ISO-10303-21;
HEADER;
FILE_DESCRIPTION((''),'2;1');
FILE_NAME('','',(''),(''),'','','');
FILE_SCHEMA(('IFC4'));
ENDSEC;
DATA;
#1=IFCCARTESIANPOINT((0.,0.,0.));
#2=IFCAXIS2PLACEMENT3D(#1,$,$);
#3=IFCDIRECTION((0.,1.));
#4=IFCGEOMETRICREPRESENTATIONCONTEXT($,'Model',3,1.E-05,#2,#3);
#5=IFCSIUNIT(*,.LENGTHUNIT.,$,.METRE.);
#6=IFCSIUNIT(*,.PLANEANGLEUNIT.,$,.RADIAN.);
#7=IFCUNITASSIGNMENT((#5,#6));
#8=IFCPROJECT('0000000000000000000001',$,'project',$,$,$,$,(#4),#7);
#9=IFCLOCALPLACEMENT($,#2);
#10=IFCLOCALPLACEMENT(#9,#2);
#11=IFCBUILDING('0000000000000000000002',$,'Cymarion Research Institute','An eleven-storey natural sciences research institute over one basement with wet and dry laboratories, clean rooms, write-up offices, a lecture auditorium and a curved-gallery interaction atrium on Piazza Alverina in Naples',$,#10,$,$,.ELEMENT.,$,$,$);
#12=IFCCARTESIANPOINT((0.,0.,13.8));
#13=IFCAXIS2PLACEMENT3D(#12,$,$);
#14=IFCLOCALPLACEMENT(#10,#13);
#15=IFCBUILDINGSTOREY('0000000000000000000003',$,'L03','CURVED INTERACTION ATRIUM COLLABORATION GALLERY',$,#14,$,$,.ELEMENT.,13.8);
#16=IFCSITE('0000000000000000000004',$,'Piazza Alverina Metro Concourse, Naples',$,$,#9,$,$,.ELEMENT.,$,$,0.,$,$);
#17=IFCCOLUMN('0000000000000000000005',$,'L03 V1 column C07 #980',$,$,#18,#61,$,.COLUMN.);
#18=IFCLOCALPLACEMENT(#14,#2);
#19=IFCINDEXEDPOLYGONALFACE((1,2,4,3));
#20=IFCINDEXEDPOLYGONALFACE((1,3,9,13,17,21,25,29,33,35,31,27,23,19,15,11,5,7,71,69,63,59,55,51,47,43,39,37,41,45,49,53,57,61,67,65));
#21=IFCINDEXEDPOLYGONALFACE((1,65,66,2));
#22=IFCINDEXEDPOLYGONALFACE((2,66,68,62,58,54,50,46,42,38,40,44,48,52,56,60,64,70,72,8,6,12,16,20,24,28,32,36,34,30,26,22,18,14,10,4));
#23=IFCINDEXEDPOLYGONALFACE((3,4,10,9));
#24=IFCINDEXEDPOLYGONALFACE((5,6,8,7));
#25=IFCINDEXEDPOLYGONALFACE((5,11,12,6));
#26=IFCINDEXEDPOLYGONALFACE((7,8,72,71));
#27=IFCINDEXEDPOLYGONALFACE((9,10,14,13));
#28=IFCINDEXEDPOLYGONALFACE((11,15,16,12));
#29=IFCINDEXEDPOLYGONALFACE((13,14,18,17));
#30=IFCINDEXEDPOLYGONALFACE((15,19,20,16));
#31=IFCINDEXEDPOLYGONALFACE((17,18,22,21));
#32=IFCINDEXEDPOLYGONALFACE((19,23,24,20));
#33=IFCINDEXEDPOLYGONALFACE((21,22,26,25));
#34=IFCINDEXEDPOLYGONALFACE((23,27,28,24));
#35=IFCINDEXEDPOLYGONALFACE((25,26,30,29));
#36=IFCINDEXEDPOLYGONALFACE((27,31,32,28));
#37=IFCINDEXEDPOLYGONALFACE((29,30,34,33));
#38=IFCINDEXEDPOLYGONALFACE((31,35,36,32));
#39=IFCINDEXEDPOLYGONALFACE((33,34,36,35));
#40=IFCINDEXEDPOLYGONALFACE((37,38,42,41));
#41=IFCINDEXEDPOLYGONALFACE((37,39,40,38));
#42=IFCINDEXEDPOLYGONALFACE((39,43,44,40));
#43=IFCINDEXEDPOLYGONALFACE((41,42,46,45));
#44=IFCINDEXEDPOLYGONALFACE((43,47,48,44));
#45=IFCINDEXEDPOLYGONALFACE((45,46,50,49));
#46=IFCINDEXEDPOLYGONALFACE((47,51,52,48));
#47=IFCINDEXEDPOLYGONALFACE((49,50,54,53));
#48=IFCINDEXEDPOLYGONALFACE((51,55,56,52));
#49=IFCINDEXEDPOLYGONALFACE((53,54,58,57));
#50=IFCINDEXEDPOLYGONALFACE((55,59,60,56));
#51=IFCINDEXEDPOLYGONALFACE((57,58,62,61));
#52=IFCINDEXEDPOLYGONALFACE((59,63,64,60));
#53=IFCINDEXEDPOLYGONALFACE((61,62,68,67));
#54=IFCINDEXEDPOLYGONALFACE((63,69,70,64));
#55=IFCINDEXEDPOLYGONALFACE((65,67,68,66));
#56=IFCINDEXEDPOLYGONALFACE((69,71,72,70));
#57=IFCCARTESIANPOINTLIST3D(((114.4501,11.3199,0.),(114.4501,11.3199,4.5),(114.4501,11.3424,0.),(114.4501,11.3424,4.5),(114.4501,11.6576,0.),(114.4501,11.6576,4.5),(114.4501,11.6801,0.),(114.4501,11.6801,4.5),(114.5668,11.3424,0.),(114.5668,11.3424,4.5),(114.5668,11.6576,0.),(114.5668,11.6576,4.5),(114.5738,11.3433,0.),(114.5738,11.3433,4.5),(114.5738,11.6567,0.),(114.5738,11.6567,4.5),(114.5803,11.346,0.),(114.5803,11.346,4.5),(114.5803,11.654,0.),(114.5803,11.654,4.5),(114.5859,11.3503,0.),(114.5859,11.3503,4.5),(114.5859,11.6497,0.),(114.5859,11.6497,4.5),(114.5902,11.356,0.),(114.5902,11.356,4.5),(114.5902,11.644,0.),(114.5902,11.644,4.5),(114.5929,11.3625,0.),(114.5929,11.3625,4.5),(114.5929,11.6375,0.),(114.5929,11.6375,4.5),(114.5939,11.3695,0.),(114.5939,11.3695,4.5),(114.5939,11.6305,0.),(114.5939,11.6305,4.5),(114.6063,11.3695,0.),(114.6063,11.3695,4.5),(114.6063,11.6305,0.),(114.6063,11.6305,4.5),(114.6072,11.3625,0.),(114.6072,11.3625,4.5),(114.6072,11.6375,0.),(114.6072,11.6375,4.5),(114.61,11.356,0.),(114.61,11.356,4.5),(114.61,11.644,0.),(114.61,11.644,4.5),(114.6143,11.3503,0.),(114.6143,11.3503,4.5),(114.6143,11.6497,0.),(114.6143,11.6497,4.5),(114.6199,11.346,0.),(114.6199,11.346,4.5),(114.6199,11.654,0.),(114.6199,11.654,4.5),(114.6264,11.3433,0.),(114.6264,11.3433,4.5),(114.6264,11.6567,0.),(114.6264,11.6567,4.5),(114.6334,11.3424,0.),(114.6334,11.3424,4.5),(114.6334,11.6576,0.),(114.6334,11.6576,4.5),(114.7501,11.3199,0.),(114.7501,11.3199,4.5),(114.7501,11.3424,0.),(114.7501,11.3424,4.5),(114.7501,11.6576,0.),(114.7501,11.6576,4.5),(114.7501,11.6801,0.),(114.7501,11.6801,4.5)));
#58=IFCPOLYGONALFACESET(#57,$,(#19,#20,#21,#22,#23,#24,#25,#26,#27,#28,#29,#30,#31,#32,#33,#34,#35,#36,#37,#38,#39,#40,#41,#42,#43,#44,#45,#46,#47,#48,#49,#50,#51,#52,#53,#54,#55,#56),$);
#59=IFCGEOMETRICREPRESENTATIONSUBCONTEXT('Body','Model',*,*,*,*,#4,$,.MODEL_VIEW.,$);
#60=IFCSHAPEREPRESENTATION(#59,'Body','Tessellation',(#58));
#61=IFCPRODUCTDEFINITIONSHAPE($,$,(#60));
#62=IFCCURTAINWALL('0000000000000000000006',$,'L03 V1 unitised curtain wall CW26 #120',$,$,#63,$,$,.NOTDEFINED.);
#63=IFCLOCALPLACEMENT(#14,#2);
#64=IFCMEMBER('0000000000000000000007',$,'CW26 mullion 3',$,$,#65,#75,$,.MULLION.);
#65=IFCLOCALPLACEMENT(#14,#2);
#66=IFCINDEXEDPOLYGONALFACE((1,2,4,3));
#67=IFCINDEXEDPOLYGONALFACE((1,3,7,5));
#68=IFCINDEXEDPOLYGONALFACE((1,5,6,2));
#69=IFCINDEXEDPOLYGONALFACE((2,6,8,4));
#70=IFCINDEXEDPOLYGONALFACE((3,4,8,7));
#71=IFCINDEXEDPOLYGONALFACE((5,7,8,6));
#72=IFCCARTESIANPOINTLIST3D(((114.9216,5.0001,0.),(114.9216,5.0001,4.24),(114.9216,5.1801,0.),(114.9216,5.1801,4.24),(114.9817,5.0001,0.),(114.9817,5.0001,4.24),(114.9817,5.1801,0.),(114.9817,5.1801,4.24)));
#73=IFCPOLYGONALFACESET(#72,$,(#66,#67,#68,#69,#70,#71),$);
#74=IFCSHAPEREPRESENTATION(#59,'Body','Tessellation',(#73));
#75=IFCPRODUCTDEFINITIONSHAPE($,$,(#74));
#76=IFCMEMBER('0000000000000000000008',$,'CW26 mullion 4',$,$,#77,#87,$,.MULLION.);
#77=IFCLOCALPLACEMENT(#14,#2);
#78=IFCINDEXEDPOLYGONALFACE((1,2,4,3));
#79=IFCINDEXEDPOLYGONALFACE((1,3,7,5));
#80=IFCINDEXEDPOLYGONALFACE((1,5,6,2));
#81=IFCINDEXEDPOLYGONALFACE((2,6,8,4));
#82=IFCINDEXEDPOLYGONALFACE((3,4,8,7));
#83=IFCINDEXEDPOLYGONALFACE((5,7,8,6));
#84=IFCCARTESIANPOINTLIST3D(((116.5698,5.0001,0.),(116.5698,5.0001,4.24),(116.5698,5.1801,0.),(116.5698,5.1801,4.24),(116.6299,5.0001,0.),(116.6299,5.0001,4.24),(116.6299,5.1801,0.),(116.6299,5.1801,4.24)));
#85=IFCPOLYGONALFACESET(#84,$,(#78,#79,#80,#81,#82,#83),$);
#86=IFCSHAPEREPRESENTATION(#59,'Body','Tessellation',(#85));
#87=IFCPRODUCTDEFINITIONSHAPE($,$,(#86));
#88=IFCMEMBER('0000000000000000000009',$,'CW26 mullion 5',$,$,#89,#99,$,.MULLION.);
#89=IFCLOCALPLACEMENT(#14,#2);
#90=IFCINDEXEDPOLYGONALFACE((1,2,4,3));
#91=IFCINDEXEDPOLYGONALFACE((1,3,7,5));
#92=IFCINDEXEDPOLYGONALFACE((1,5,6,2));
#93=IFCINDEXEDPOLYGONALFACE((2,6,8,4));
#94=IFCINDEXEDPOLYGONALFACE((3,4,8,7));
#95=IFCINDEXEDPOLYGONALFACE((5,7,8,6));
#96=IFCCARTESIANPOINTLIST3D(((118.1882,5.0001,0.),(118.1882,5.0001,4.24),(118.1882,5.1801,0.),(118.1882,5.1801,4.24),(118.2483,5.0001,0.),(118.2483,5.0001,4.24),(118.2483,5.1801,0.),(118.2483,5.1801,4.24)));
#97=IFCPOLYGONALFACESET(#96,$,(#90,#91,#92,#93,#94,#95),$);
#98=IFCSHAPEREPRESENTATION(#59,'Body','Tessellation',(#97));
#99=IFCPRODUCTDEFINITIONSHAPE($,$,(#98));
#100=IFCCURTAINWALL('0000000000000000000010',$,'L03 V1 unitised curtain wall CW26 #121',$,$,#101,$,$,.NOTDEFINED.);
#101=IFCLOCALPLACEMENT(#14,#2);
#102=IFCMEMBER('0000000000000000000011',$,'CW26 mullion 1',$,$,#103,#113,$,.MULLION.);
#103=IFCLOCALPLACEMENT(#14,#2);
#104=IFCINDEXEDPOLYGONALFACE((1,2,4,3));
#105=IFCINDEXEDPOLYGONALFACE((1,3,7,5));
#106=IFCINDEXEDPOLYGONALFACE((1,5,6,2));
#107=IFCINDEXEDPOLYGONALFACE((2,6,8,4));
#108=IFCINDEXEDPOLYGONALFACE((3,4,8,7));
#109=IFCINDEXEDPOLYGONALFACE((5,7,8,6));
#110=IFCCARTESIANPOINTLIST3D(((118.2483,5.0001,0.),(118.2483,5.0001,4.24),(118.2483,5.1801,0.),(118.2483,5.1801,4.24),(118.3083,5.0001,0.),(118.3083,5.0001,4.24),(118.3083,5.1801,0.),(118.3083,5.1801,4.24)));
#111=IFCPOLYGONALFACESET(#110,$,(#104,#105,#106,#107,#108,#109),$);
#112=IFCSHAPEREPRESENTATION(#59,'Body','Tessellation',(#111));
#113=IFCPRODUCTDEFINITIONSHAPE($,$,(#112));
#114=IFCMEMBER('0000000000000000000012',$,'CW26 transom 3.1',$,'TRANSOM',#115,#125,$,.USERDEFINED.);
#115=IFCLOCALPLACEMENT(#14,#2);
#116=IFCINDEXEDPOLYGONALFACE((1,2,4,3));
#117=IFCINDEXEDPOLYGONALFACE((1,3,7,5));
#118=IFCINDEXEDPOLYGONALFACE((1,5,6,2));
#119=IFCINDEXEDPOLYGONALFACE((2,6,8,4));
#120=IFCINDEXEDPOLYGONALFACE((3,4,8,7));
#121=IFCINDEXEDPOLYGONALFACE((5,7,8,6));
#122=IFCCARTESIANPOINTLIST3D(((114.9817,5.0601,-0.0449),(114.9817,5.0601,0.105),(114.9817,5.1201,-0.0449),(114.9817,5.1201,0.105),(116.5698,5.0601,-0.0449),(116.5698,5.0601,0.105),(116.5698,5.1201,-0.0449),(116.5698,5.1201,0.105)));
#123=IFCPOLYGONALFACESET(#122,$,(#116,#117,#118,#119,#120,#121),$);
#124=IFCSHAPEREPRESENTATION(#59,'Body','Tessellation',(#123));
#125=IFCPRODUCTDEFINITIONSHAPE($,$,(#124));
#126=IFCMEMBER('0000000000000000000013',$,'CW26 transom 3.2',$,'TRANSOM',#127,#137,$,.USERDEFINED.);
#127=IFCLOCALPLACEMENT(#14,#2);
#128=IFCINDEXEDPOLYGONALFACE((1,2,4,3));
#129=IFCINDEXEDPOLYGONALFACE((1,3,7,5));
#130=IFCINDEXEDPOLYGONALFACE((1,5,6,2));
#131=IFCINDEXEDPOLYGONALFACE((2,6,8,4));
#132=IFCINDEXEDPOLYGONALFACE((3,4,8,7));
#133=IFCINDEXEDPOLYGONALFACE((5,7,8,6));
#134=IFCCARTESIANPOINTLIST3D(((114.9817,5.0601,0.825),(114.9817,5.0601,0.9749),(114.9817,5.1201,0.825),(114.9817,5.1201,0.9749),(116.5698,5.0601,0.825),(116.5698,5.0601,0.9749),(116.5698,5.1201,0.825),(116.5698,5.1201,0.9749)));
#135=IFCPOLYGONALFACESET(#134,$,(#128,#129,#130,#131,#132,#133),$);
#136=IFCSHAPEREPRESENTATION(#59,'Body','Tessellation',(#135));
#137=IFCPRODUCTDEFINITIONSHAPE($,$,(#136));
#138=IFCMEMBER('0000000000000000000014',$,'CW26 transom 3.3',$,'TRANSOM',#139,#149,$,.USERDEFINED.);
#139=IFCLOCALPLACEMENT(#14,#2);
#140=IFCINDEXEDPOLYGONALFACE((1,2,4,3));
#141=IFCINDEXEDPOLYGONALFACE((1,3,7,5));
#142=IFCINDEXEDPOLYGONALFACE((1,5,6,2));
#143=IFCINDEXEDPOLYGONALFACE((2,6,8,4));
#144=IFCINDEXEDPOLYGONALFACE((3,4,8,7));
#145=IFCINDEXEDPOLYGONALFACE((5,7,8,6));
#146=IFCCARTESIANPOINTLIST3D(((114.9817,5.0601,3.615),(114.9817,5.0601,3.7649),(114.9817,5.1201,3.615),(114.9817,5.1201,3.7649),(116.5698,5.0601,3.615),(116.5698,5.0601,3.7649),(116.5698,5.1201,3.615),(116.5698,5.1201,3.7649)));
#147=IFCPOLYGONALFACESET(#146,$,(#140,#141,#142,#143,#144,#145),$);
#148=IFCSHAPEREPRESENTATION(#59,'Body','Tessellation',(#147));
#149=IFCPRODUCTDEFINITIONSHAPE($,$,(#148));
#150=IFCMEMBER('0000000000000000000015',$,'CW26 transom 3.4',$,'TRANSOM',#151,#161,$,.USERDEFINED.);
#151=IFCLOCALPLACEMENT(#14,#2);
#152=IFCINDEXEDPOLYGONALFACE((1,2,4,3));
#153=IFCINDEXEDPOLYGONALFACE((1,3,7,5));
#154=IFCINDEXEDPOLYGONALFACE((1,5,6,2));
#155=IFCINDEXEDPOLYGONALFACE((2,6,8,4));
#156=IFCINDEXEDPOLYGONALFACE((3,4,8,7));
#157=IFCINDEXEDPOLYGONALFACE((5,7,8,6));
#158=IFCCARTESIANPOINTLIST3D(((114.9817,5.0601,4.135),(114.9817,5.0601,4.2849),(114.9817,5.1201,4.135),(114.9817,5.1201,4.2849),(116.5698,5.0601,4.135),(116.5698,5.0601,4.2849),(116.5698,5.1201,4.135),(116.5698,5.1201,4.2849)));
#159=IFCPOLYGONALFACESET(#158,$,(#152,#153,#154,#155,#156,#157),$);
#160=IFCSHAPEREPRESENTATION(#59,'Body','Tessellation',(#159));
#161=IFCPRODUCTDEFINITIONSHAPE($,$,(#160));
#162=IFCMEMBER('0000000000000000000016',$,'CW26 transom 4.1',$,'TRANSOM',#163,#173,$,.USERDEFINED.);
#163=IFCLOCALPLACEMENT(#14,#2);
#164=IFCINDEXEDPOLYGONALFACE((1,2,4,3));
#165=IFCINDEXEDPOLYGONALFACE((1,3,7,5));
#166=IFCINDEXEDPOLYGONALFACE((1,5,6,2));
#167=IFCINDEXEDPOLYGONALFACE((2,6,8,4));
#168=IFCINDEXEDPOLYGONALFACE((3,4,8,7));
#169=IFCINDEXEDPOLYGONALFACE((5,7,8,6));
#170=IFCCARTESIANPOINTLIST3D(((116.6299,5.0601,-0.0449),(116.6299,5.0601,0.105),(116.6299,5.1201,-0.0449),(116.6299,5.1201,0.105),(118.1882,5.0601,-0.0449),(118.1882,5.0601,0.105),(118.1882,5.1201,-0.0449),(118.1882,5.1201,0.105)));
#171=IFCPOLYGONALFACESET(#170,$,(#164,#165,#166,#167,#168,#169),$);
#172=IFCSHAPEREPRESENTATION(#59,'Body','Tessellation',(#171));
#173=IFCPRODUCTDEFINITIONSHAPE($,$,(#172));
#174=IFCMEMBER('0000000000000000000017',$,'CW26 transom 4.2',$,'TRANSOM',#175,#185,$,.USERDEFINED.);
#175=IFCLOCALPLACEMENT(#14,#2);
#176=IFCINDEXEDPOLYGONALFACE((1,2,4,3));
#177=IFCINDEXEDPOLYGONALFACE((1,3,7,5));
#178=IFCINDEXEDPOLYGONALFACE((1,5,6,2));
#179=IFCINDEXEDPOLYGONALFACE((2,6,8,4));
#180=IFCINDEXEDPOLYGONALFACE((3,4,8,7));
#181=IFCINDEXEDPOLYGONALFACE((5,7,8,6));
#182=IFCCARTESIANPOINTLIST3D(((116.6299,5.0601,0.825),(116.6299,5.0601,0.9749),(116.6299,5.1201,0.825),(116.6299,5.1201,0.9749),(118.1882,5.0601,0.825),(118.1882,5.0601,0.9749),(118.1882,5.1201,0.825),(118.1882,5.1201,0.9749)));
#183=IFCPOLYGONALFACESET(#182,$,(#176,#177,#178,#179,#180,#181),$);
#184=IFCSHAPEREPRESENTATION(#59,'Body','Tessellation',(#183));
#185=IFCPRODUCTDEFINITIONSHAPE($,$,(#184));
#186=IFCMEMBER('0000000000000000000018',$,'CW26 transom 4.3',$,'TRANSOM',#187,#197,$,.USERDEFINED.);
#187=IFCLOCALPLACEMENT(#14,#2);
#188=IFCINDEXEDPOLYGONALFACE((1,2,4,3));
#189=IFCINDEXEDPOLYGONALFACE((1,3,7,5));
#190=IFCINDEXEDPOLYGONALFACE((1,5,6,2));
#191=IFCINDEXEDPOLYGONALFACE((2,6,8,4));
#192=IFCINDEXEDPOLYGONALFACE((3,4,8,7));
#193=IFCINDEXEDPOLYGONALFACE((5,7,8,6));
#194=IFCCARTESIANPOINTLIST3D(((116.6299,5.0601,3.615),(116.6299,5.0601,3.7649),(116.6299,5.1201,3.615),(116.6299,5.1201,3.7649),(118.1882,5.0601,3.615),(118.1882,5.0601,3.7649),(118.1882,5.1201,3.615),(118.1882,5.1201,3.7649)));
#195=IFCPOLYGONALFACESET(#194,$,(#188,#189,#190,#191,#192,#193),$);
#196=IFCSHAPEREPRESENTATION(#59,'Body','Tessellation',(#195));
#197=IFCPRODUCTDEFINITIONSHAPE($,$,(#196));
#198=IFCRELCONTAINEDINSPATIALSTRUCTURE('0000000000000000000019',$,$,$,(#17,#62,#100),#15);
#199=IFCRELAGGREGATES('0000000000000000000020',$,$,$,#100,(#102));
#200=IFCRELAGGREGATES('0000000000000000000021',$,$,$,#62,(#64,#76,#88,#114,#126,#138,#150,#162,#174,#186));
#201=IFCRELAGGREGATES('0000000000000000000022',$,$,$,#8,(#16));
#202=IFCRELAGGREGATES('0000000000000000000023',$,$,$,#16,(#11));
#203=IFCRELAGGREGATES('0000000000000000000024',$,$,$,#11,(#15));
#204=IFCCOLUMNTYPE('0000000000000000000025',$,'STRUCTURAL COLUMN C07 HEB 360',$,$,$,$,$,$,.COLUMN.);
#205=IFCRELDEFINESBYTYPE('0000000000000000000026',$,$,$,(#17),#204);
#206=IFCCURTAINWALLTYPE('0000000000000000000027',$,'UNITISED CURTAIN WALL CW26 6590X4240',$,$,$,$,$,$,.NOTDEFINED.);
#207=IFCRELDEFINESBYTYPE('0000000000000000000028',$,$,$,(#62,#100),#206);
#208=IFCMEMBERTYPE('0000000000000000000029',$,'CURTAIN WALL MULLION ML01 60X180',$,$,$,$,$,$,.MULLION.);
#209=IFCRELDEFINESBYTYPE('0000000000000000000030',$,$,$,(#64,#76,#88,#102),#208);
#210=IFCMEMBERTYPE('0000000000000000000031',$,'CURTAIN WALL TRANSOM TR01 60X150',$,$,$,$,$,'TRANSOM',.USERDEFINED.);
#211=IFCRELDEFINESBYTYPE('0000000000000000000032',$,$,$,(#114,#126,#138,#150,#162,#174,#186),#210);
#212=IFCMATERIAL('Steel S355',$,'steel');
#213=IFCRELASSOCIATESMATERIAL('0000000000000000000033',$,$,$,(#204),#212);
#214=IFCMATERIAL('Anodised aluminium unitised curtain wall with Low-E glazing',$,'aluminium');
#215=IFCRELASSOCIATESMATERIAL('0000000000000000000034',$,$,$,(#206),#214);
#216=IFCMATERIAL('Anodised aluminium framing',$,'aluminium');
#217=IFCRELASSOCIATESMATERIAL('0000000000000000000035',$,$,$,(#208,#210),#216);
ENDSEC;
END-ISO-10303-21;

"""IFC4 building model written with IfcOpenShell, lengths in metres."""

from ifc_helpers import new_model, si_unit, direction, frame, origin, origin_2d, place, context, subcontext, project, spatial, rectangle, i_section, extrude, material, material_profile, profile_set, type_object, element, aggregate, save


model = new_model("IFC4")

# Units and contexts
model_context = context("Model", 3, precision=1e-05, world=origin(), true_north=direction((0.0, 1.0)))
body_context = subcontext(model_context, "Body", "Model", "MODEL_VIEW")
ifc_project = project(units=[si_unit("LENGTHUNIT", "METRE"), si_unit("PLANEANGLEUNIT", "RADIAN")], contexts=[model_context])

# Site, building, storey
site_placement = place(None, origin())
site = spatial("IfcSite", under=ifc_project, at=site_placement, Name="Piazza Alverina Metro Concourse, Naples", CompositionType="ELEMENT", RefElevation=0.0)
building_placement = place(site_placement, origin())
building = spatial("IfcBuilding", under=site, at=building_placement, Name="Cymarion Research Institute", Description="An eleven-storey natural sciences research institute over one basement with wet and dry laboratories, clean rooms, write-up offices, a lecture auditorium and a curved-gallery interaction atrium on Piazza Alverina in Naples", CompositionType="ELEMENT")
storey_placement = place(building_placement, frame((0.0, 0.0, 13.8)))
storey = spatial("IfcBuildingStorey", under=building, at=storey_placement, Name="L03", Description="CURVED INTERACTION ATRIUM COLLABORATION GALLERY", CompositionType="ELEMENT", Elevation=13.8)

# Column
ifc_material_1 = material(Name="Steel S355", Category="steel")
ifc_material_profile_1 = material_profile(ifc_material_1, i_section(OverallWidth=0.3, OverallDepth=0.3601, WebThickness=0.0125, FlangeThickness=0.0225, FilletRadius=0.0271, at=origin_2d()), Name="HEB 360")
ifc_profile_set_1 = profile_set([ifc_material_profile_1], Name="Steel S355")
column_type = type_object("IfcColumnType", Name="STRUCTURAL COLUMN C07 HEB 360", PredefinedType="COLUMN", material=ifc_profile_set_1)
column_placement = place(storey_placement, frame((114.6001, 11.5, 0.0), z_axis=(0.0, 0.0, 1.0), x_axis=(1.0, 0.0, 0.0)))
element("IfcColumn", 1, at=column_placement, inside=storey, type_object=column_type, Name="L03 V1 column C07 #980", PredefinedType="COLUMN", context=body_context, shape_type="SweptSolid", body=[
    extrude(i_section(OverallWidth=0.3, OverallDepth=0.3601, WebThickness=0.0125, FlangeThickness=0.0225, FilletRadius=0.0271, at=origin_2d()), origin(), (0.0, 0.0, 1.0), 4.5),
])

# Curtain wall, members
ifc_material_2 = material(Name="Anodised aluminium unitised curtain wall with Low-E glazing", Category="aluminium")
curtain_wall_type = type_object("IfcCurtainWallType", Name="UNITISED CURTAIN WALL CW26 6590X4240", PredefinedType="NOTDEFINED", material=ifc_material_2)
curtain_wall_1_placement = place(storey_placement, origin())
curtain_wall_1 = element("IfcCurtainWall", 2, at=curtain_wall_1_placement, inside=storey, type_object=curtain_wall_type, Name="L03 V1 unitised curtain wall CW26 #120", PredefinedType="NOTDEFINED")
ifc_material_3 = material(Name="Anodised aluminium framing", Category="aluminium")
ifc_material_profile_2 = material_profile(ifc_material_3, rectangle(XDim=0.0601, YDim=0.1799, at=origin_2d()), Name="ALU MULLION 60x180")
ifc_profile_set_2 = profile_set([ifc_material_profile_2], Name="Anodised aluminium framing")
member_type_1 = type_object("IfcMemberType", Name="CURTAIN WALL MULLION ML01 60X180", PredefinedType="MULLION", material=ifc_profile_set_2)
member_1_placement = place(storey_placement, frame((114.9517, 5.0901, 0.0), z_axis=(0.0, 0.0, 1.0), x_axis=(1.0, 0.0, 0.0)))
member_1 = element("IfcMember", 3, at=member_1_placement, type_object=member_type_1, Name="CW26 mullion 3", PredefinedType="MULLION", context=body_context, shape_type="SweptSolid", body=[
    extrude(rectangle(XDim=0.0601, YDim=0.1799, at=origin_2d()), origin(), (0.0, 0.0, 1.0), 4.24),
])
member_2_placement = place(storey_placement, frame((116.5999, 5.0901, 0.0), z_axis=(0.0, 0.0, 1.0), x_axis=(1.0, 0.0, 0.0)))
member_2 = element("IfcMember", 4, at=member_2_placement, type_object=member_type_1, Name="CW26 mullion 4", PredefinedType="MULLION", context=body_context, shape_type="SweptSolid", body=[
    extrude(rectangle(XDim=0.0601, YDim=0.1799, at=origin_2d()), origin(), (0.0, 0.0, 1.0), 4.24),
])
member_3_placement = place(storey_placement, frame((118.2183, 5.0901, 0.0), z_axis=(0.0, 0.0, 1.0), x_axis=(1.0, 0.0, 0.0)))
member_3 = element("IfcMember", 5, at=member_3_placement, type_object=member_type_1, Name="CW26 mullion 5", PredefinedType="MULLION", context=body_context, shape_type="SweptSolid", body=[
    extrude(rectangle(XDim=0.0601, YDim=0.1799, at=origin_2d()), origin(), (0.0, 0.0, 1.0), 4.24),
])

# Curtain wall, member
curtain_wall_2_placement = place(storey_placement, origin())
curtain_wall_2 = element("IfcCurtainWall", 6, at=curtain_wall_2_placement, inside=storey, type_object=curtain_wall_type, Name="L03 V1 unitised curtain wall CW26 #121", PredefinedType="NOTDEFINED")
member_4_placement = place(storey_placement, frame((118.2783, 5.0901, 0.0), z_axis=(0.0, 0.0, 1.0), x_axis=(1.0, 0.0, 0.0)))
member_4 = element("IfcMember", 7, at=member_4_placement, type_object=member_type_1, Name="CW26 mullion 1", PredefinedType="MULLION", context=body_context, shape_type="SweptSolid", body=[
    extrude(rectangle(XDim=0.0601, YDim=0.1799, at=origin_2d()), origin(), (0.0, 0.0, 1.0), 4.24),
])

# Members
ifc_material_profile_3 = material_profile(ifc_material_3, rectangle(XDim=0.0601, YDim=0.1499, at=origin_2d()), Name="ALU TRANSOM 60x150")
ifc_profile_set_3 = profile_set([ifc_material_profile_3], Name="Anodised aluminium framing")
member_type_2 = type_object("IfcMemberType", Name="CURTAIN WALL TRANSOM TR01 60X150", ElementType="TRANSOM", PredefinedType="USERDEFINED", material=ifc_profile_set_3)
member_5_placement = place(storey_placement, frame((114.9817, 5.0901, 0.03), z_axis=(1.0, 0.0, 0.0), x_axis=(0.0, 1.0, 0.0)))
member_5 = element("IfcMember", 8, at=member_5_placement, type_object=member_type_2, Name="CW26 transom 3.1", ObjectType="TRANSOM", PredefinedType="USERDEFINED", context=body_context, shape_type="SweptSolid", body=[
    extrude(rectangle(XDim=0.0601, YDim=0.1499, at=origin_2d()), origin(), (0.0, 0.0, 1.0), 1.5881),
])
member_6_placement = place(storey_placement, frame((114.9817, 5.0901, 0.8999), z_axis=(1.0, 0.0, 0.0), x_axis=(0.0, 1.0, 0.0)))
member_6 = element("IfcMember", 9, at=member_6_placement, type_object=member_type_2, Name="CW26 transom 3.2", ObjectType="TRANSOM", PredefinedType="USERDEFINED", context=body_context, shape_type="SweptSolid", body=[
    extrude(rectangle(XDim=0.0601, YDim=0.1499, at=origin_2d()), origin(), (0.0, 0.0, 1.0), 1.5881),
])
member_7_placement = place(storey_placement, frame((114.9817, 5.0901, 3.6899), z_axis=(1.0, 0.0, 0.0), x_axis=(0.0, 1.0, 0.0)))
member_7 = element("IfcMember", 10, at=member_7_placement, type_object=member_type_2, Name="CW26 transom 3.3", ObjectType="TRANSOM", PredefinedType="USERDEFINED", context=body_context, shape_type="SweptSolid", body=[
    extrude(rectangle(XDim=0.0601, YDim=0.1499, at=origin_2d()), origin(), (0.0, 0.0, 1.0), 1.5881),
])
member_8_placement = place(storey_placement, frame((114.9817, 5.0901, 4.21), z_axis=(1.0, 0.0, 0.0), x_axis=(0.0, 1.0, 0.0)))
member_8 = element("IfcMember", 11, at=member_8_placement, type_object=member_type_2, Name="CW26 transom 3.4", ObjectType="TRANSOM", PredefinedType="USERDEFINED", context=body_context, shape_type="SweptSolid", body=[
    extrude(rectangle(XDim=0.0601, YDim=0.1499, at=origin_2d()), origin(), (0.0, 0.0, 1.0), 1.5881),
])
member_9_placement = place(storey_placement, frame((116.6299, 5.0901, 0.03), z_axis=(1.0, 0.0, 0.0), x_axis=(0.0, 1.0, 0.0)))
member_9 = element("IfcMember", 12, at=member_9_placement, type_object=member_type_2, Name="CW26 transom 4.1", ObjectType="TRANSOM", PredefinedType="USERDEFINED", context=body_context, shape_type="SweptSolid", body=[
    extrude(rectangle(XDim=0.0601, YDim=0.1499, at=origin_2d()), origin(), (0.0, 0.0, 1.0), 1.5583),
])
member_10_placement = place(storey_placement, frame((116.6299, 5.0901, 0.8999), z_axis=(1.0, 0.0, 0.0), x_axis=(0.0, 1.0, 0.0)))
member_10 = element("IfcMember", 13, at=member_10_placement, type_object=member_type_2, Name="CW26 transom 4.2", ObjectType="TRANSOM", PredefinedType="USERDEFINED", context=body_context, shape_type="SweptSolid", body=[
    extrude(rectangle(XDim=0.0601, YDim=0.1499, at=origin_2d()), origin(), (0.0, 0.0, 1.0), 1.5583),
])
member_11_placement = place(storey_placement, frame((116.6299, 5.0901, 3.6899), z_axis=(1.0, 0.0, 0.0), x_axis=(0.0, 1.0, 0.0)))
member_11 = element("IfcMember", 14, at=member_11_placement, type_object=member_type_2, Name="CW26 transom 4.3", ObjectType="TRANSOM", PredefinedType="USERDEFINED", context=body_context, shape_type="SweptSolid", body=[
    extrude(rectangle(XDim=0.0601, YDim=0.1499, at=origin_2d()), origin(), (0.0, 0.0, 1.0), 1.5583),
])
aggregate(curtain_wall_2, [member_4])

aggregate(curtain_wall_1, [member_1, member_2, member_3, member_5, member_6, member_7, member_8, member_9, member_10, member_11])

save(model, "model.ifc")
